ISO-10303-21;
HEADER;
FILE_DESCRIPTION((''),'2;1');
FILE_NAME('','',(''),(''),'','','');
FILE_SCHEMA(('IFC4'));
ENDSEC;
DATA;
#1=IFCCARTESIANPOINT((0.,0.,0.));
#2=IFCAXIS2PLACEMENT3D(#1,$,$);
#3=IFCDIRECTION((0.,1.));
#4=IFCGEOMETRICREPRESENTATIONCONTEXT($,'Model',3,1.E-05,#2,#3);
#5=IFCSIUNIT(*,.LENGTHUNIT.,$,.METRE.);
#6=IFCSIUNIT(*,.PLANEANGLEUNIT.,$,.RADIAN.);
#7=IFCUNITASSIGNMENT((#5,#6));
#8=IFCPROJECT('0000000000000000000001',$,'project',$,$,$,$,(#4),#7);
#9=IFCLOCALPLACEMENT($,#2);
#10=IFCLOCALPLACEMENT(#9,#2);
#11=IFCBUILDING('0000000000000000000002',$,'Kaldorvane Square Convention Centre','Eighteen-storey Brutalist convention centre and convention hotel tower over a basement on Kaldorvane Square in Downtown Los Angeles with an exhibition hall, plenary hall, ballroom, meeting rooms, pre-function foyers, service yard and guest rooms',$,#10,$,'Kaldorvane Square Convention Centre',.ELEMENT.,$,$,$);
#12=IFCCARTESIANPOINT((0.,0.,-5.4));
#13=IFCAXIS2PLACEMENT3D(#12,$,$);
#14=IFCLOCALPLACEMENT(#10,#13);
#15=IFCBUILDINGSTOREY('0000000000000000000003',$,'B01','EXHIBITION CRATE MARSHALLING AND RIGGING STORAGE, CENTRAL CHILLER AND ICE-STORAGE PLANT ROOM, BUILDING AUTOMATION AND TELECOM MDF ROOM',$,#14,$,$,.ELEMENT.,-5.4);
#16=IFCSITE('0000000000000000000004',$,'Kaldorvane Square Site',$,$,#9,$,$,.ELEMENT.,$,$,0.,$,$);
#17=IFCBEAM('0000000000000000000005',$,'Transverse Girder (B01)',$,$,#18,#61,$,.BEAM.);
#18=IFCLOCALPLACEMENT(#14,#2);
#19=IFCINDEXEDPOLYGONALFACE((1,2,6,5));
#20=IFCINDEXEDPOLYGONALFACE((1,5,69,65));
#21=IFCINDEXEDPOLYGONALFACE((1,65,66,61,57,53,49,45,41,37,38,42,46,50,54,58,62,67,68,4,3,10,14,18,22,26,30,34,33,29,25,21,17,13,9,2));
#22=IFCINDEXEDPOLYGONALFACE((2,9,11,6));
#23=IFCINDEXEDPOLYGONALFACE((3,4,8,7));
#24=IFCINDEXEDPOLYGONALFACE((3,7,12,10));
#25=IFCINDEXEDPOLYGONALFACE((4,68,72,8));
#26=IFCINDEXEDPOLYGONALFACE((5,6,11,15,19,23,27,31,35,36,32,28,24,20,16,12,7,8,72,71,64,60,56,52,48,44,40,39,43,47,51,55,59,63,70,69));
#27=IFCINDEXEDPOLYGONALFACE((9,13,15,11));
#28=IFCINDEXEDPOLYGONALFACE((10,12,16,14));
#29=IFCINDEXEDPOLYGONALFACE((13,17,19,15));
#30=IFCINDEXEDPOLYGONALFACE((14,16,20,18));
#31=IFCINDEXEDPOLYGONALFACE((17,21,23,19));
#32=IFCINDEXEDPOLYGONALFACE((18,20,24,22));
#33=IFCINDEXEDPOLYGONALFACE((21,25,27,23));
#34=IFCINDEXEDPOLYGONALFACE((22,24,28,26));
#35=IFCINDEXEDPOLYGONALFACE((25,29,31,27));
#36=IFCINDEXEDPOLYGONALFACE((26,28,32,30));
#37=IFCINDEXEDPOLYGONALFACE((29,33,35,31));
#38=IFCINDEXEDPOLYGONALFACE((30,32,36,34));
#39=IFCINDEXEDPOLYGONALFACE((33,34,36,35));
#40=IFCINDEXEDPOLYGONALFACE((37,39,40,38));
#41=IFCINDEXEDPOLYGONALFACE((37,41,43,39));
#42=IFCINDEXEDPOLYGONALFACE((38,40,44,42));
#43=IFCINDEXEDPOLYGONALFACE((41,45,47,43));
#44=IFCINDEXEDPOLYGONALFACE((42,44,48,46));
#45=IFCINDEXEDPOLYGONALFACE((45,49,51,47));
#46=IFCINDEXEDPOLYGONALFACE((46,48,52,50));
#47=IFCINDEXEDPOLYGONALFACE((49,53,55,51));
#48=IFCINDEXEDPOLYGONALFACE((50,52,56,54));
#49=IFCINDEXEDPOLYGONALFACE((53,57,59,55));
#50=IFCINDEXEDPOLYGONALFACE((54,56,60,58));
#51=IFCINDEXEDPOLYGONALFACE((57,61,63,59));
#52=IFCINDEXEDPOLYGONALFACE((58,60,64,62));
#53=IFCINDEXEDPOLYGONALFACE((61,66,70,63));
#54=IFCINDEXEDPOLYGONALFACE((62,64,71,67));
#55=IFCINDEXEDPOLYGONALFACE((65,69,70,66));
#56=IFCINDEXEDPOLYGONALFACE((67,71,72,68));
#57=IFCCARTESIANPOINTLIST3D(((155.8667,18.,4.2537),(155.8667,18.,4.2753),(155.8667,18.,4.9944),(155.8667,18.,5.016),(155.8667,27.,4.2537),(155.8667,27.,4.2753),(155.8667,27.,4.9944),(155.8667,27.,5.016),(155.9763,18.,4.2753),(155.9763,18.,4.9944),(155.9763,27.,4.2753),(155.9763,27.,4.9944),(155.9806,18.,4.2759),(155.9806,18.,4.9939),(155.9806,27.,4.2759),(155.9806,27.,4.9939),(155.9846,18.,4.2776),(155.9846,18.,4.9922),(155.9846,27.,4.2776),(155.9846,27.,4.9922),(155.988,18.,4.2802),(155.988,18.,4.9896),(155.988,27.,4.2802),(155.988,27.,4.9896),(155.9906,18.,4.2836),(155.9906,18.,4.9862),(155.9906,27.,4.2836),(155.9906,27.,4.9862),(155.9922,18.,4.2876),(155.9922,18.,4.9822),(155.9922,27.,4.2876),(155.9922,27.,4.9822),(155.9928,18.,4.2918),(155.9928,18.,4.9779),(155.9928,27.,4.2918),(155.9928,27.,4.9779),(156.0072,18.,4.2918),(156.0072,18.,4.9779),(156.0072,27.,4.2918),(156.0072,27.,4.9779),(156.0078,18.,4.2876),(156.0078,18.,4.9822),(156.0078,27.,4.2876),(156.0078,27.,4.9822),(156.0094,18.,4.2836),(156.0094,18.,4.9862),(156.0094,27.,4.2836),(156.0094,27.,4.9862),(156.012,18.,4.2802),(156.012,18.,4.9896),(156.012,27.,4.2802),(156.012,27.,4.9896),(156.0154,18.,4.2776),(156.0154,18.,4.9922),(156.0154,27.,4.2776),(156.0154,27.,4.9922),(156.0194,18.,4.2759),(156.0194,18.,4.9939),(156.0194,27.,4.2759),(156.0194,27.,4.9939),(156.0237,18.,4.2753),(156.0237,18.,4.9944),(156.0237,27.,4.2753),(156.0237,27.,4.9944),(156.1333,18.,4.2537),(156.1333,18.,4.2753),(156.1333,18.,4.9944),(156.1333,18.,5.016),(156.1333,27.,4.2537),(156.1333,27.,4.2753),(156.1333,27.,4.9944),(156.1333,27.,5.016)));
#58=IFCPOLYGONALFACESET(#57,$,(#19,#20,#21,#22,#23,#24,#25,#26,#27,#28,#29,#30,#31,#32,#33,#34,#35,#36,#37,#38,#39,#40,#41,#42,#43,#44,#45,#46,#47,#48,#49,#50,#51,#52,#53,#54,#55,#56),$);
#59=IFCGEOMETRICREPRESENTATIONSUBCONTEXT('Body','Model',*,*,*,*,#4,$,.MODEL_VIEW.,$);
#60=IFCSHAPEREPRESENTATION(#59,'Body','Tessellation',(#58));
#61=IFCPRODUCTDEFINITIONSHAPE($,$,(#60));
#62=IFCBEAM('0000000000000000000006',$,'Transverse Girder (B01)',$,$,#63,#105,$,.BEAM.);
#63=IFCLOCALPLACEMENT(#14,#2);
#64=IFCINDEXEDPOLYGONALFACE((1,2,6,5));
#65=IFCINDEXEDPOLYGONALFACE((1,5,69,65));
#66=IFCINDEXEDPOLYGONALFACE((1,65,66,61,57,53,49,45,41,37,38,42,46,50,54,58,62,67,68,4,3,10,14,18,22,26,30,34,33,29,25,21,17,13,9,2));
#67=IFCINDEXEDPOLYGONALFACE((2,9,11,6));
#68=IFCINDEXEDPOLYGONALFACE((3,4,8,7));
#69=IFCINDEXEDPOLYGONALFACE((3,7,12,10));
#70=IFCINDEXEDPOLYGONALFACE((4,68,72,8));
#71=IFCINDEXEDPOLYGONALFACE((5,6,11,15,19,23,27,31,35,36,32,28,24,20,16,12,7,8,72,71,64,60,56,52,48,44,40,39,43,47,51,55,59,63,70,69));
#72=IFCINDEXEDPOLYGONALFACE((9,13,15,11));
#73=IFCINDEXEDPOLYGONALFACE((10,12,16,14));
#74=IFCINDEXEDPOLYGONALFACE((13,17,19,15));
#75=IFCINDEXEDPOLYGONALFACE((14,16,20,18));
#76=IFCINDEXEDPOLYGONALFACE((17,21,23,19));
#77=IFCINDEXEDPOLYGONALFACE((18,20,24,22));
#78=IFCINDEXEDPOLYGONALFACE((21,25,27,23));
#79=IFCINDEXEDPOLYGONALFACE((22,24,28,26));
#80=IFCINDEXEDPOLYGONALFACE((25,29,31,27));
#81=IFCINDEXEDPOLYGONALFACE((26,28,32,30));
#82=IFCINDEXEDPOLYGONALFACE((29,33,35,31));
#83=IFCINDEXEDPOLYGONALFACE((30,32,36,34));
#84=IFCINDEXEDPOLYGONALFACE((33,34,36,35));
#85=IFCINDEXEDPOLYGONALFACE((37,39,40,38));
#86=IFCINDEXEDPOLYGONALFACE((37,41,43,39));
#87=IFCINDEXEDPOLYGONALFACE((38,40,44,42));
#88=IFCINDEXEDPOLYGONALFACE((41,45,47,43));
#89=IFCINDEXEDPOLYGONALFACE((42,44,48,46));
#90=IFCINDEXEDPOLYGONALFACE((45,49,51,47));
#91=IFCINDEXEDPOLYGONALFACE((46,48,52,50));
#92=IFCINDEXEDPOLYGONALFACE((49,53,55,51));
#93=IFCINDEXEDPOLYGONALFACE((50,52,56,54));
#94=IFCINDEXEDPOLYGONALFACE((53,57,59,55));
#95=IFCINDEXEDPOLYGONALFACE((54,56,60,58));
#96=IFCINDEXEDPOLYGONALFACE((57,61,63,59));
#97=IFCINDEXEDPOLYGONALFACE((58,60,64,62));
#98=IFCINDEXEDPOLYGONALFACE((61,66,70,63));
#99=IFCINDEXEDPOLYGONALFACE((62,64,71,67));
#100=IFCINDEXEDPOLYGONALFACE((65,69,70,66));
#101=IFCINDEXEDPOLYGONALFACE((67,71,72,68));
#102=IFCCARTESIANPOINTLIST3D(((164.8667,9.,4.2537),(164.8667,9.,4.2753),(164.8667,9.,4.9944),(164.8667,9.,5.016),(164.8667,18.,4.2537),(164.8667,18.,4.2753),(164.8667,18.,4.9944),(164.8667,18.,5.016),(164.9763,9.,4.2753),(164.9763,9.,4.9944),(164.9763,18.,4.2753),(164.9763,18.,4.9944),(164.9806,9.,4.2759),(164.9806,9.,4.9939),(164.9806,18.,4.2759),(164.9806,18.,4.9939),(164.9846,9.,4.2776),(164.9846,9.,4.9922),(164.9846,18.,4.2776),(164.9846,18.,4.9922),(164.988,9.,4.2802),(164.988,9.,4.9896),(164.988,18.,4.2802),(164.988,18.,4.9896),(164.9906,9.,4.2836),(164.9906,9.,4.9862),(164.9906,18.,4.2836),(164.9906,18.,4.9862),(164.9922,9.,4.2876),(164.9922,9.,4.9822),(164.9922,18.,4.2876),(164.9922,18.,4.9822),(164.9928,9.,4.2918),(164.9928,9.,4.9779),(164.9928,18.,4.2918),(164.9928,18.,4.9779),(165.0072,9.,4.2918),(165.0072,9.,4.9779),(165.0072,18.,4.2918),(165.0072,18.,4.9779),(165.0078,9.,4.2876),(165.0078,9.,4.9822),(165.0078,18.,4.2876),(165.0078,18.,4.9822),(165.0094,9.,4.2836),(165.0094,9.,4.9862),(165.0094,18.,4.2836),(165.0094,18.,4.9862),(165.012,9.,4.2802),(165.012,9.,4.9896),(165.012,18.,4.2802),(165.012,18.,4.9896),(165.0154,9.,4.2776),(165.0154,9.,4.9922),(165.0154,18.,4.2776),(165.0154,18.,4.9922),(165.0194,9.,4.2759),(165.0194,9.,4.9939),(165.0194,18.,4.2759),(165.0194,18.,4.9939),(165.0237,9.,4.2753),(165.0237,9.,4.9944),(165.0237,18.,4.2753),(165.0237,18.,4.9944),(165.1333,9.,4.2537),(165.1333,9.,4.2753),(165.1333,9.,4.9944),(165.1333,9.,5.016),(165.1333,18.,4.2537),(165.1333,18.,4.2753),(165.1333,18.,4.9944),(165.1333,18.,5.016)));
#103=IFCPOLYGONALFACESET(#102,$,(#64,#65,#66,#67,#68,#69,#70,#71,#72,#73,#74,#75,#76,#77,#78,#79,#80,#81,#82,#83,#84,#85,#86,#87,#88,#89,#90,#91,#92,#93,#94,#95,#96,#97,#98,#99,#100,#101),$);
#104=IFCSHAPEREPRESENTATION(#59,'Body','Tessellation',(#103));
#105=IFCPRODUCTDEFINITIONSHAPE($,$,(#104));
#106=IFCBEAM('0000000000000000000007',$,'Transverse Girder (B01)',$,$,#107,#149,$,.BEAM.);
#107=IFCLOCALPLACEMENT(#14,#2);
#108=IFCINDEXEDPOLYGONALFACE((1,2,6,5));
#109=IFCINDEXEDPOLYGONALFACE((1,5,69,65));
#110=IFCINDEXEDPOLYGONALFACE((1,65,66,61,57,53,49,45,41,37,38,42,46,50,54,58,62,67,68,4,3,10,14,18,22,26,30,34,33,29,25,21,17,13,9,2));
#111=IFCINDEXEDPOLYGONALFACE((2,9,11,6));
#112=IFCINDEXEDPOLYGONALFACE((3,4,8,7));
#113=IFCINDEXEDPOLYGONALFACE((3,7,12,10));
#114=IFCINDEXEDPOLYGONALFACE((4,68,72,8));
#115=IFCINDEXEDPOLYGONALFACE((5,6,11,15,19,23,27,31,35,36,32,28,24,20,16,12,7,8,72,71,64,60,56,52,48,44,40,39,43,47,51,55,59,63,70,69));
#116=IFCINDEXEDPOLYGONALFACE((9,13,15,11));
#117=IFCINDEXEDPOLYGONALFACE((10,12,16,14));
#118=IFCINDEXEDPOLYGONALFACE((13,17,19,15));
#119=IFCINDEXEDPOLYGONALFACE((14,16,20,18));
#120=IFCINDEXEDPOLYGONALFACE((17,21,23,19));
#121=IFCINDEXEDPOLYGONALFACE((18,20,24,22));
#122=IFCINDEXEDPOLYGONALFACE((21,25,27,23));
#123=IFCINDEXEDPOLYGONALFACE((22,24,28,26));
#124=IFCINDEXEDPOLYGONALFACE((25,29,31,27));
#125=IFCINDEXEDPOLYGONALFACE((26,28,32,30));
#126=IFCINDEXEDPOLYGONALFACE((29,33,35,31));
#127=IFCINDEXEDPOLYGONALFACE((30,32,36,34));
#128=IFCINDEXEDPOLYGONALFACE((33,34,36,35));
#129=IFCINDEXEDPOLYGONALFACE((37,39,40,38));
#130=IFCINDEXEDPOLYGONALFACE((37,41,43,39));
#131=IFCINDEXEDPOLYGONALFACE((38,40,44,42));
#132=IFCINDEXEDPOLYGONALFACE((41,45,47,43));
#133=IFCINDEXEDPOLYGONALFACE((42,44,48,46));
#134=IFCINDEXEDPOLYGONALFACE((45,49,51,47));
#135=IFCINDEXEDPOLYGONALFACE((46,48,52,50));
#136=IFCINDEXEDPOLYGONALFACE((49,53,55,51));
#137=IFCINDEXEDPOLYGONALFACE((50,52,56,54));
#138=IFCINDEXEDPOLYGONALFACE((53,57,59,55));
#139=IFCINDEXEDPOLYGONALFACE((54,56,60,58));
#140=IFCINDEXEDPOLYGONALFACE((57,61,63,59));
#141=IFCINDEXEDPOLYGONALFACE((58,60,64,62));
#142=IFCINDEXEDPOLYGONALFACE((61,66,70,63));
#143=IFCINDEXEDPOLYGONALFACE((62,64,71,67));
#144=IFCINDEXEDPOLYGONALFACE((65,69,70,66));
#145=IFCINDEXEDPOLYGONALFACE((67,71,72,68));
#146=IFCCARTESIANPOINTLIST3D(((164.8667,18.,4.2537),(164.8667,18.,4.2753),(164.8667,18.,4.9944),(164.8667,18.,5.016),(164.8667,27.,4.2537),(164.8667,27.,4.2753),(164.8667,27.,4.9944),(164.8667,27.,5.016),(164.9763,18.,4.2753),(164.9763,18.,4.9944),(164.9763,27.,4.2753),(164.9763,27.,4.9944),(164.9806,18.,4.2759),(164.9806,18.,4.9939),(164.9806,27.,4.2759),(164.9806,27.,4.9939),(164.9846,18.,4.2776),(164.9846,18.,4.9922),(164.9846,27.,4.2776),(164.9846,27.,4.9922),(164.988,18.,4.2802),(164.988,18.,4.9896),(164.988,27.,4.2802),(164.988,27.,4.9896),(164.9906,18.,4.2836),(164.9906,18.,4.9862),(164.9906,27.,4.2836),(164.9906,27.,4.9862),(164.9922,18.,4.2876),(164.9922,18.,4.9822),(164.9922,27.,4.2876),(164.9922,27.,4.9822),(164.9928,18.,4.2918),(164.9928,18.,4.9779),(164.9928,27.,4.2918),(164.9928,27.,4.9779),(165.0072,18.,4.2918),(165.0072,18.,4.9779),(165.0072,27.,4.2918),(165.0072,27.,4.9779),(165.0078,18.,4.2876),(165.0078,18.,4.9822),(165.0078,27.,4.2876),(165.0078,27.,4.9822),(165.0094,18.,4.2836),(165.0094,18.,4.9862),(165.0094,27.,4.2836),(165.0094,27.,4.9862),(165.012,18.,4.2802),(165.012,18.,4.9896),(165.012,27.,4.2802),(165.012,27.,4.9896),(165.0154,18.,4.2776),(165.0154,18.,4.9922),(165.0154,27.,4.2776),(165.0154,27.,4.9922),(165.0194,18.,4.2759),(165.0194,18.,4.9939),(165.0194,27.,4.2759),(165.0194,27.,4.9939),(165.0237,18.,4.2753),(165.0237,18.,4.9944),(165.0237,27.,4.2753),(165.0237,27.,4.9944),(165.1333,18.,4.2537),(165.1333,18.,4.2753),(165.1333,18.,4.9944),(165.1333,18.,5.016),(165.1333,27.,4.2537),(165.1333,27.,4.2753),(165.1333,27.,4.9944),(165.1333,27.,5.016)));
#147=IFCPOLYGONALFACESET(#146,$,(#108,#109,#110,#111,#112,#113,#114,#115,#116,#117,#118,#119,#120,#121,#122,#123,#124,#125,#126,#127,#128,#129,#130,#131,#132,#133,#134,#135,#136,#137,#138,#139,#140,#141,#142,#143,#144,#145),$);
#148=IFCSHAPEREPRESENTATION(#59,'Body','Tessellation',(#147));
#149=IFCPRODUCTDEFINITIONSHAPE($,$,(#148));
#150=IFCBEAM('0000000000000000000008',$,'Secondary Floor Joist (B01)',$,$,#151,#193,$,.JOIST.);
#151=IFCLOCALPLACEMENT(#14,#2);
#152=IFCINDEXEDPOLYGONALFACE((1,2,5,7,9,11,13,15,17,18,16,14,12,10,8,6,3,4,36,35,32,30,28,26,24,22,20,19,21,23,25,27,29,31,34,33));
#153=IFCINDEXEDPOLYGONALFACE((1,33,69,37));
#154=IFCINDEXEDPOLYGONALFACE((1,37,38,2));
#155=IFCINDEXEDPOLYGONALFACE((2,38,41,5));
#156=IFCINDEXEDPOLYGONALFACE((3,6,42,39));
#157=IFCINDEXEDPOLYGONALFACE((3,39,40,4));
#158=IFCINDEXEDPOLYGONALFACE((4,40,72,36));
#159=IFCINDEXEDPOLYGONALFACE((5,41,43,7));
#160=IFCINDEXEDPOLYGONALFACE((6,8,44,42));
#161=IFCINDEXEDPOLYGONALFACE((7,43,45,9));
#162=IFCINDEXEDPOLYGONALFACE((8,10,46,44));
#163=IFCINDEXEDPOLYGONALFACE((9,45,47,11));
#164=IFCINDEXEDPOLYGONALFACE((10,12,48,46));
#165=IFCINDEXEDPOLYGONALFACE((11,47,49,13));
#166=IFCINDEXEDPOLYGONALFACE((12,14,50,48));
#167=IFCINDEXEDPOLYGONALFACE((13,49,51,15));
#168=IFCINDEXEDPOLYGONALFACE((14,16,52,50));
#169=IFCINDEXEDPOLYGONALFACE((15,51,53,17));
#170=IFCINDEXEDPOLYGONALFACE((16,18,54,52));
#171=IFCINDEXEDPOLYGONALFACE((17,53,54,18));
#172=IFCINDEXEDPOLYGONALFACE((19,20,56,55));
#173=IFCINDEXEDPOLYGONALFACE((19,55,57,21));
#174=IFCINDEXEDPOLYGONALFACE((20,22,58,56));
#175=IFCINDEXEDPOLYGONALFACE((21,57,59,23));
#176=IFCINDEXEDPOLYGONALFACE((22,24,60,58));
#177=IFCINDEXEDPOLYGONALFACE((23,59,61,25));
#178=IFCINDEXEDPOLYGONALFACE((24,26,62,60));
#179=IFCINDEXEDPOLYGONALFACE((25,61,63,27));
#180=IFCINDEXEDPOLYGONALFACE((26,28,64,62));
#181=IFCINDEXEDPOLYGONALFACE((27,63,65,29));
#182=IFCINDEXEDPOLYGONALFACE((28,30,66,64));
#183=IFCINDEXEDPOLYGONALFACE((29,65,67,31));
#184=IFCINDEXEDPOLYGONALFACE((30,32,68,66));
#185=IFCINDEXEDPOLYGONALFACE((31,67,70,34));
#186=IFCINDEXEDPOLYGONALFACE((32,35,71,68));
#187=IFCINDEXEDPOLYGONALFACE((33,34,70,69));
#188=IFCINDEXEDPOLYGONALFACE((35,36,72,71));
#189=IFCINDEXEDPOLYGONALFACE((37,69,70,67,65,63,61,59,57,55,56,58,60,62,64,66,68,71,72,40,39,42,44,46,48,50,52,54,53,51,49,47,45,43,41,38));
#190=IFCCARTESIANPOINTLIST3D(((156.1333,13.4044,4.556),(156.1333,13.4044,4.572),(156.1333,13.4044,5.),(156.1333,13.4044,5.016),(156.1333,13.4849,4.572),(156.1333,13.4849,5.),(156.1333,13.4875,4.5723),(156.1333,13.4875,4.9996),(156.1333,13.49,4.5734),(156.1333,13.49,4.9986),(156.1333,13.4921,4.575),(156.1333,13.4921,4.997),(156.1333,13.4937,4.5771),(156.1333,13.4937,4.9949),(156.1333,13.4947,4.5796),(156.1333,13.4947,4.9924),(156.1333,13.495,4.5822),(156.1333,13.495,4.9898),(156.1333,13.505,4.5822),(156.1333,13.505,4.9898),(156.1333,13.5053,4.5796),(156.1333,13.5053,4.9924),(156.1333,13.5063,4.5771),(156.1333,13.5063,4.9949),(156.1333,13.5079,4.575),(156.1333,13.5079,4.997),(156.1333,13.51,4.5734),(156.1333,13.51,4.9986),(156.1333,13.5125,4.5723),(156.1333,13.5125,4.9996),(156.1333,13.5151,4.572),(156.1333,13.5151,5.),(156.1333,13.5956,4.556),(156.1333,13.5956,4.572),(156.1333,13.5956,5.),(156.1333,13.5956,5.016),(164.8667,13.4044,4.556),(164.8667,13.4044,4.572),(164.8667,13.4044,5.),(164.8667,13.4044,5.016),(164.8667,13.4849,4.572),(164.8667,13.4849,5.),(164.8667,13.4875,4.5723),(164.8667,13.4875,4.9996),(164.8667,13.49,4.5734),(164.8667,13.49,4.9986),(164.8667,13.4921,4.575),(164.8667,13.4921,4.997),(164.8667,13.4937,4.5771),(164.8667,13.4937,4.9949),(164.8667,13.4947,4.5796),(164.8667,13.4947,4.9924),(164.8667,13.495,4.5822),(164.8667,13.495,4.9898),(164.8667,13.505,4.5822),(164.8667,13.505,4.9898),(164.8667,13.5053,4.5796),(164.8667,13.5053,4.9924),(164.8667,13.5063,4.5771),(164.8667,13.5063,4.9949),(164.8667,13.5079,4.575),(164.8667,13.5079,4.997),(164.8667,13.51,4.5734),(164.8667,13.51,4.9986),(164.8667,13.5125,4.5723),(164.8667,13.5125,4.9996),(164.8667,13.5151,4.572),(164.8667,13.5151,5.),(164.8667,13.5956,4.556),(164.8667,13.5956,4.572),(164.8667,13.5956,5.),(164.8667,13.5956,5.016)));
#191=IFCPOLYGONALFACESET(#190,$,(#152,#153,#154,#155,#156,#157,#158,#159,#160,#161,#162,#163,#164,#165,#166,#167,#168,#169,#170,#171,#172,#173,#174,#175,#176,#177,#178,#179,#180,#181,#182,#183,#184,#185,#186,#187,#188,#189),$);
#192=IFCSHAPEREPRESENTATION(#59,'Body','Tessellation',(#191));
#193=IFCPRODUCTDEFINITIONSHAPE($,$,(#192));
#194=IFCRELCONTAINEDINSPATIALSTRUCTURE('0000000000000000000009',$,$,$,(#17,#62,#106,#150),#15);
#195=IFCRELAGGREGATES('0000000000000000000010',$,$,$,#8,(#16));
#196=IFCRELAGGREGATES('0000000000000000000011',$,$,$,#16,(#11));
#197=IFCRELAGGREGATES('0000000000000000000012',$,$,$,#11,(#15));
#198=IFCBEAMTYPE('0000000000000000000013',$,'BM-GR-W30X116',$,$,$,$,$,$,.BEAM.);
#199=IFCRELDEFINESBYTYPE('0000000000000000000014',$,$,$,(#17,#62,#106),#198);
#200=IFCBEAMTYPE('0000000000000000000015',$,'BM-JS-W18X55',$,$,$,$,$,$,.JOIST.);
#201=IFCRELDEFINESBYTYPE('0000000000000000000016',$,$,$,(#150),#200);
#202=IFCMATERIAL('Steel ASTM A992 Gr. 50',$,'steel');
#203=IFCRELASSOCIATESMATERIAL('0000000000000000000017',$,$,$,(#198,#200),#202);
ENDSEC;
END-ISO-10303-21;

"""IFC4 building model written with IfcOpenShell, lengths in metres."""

from ifc_helpers import new_model, si_unit, direction, frame, origin, origin_2d, place, context, subcontext, project, spatial, i_section, extrude, material, material_profile, profile_set, type_object, element, save


model = new_model("IFC4")

# Units and contexts
model_context = context("Model", 3, precision=1e-05, world=origin(), true_north=direction((0.0, 1.0)))
body_context = subcontext(model_context, "Body", "Model", "MODEL_VIEW")
ifc_project = project(units=[si_unit("LENGTHUNIT", "METRE"), si_unit("PLANEANGLEUNIT", "RADIAN")], contexts=[model_context])

# Site, building, storey
site_placement = place(None, origin())
site = spatial("IfcSite", under=ifc_project, at=site_placement, Name="Kaldorvane Square Site", CompositionType="ELEMENT", RefElevation=0.0)
building_placement = place(site_placement, origin())
building = spatial("IfcBuilding", under=site, at=building_placement, Name="Kaldorvane Square Convention Centre", Description="Eighteen-storey Brutalist convention centre and convention hotel tower over a basement on Kaldorvane Square in Downtown Los Angeles with an exhibition hall, plenary hall, ballroom, meeting rooms, pre-function foyers, service yard and guest rooms", LongName="Kaldorvane Square Convention Centre", CompositionType="ELEMENT")
storey_placement = place(building_placement, frame((0.0, 0.0, -5.4)))
storey = spatial("IfcBuildingStorey", under=building, at=storey_placement, Name="B01", Description="EXHIBITION CRATE MARSHALLING AND RIGGING STORAGE, CENTRAL CHILLER AND ICE-STORAGE PLANT ROOM, BUILDING AUTOMATION AND TELECOM MDF ROOM", CompositionType="ELEMENT", Elevation=-5.4)

# Shared definitions
ifc_material_1 = material(Name="Steel ASTM A992 Gr. 50", Category="steel")

# Beams
ifc_material_profile_1 = material_profile(ifc_material_1, i_section(OverallWidth=0.2666, OverallDepth=0.7623, WebThickness=0.0144, FlangeThickness=0.0216, FilletRadius=0.0165, at=origin_2d()), Name="W30X116")
ifc_profile_set_1 = profile_set([ifc_material_profile_1], Name="Steel ASTM A992 Gr. 50")
beam_type_1 = type_object("IfcBeamType", Name="BM-GR-W30X116", PredefinedType="BEAM", material=ifc_profile_set_1)
for number, where, z_axis, x_axis, name in (
    (1, (156.0, 18.0, 4.6349), (0.0, 1.0, 0.0), (-1.0, 0.0, 0.0), "Transverse Girder (B01)"),
    (2, (165.0, 9.0, 4.6349), (0.0, 1.0, 0.0), (-1.0, 0.0, 0.0), "Transverse Girder (B01)"),
    (3, (165.0, 18.0, 4.6349), (0.0, 1.0, 0.0), (-1.0, 0.0, 0.0), "Transverse Girder (B01)"),
):
    element("IfcBeam", number, at=place(storey_placement, frame(where, z_axis=z_axis, x_axis=x_axis)), inside=storey, type_object=beam_type_1, Name=name, PredefinedType="BEAM", context=body_context, shape_type="SweptSolid", body=[
        extrude(i_section(OverallWidth=0.2666, OverallDepth=0.7623, WebThickness=0.0144, FlangeThickness=0.0216, FilletRadius=0.0165, at=origin_2d()), origin(), (0.0, 0.0, 1.0), 9.0),
    ])
ifc_material_profile_2 = material_profile(ifc_material_1, i_section(OverallWidth=0.1913, OverallDepth=0.46, WebThickness=0.0099, FlangeThickness=0.016, FilletRadius=0.0102, at=origin_2d()), Name="W18X55")
ifc_profile_set_2 = profile_set([ifc_material_profile_2], Name="Steel ASTM A992 Gr. 50")
beam_type_2 = type_object("IfcBeamType", Name="BM-JS-W18X55", PredefinedType="JOIST", material=ifc_profile_set_2)
beam_1_placement = place(storey_placement, frame((156.1333, 13.5, 4.786), z_axis=(1.0, 0.0, 0.0), x_axis=(0.0, 1.0, 0.0)))
element("IfcBeam", 4, at=beam_1_placement, inside=storey, type_object=beam_type_2, Name="Secondary Floor Joist (B01)", PredefinedType="JOIST", context=body_context, shape_type="SweptSolid", body=[
    extrude(i_section(OverallWidth=0.1913, OverallDepth=0.46, WebThickness=0.0099, FlangeThickness=0.016, FilletRadius=0.0102, at=origin_2d()), origin(), (0.0, 0.0, 1.0), 8.7334),
])

save(model, "model.ifc")
